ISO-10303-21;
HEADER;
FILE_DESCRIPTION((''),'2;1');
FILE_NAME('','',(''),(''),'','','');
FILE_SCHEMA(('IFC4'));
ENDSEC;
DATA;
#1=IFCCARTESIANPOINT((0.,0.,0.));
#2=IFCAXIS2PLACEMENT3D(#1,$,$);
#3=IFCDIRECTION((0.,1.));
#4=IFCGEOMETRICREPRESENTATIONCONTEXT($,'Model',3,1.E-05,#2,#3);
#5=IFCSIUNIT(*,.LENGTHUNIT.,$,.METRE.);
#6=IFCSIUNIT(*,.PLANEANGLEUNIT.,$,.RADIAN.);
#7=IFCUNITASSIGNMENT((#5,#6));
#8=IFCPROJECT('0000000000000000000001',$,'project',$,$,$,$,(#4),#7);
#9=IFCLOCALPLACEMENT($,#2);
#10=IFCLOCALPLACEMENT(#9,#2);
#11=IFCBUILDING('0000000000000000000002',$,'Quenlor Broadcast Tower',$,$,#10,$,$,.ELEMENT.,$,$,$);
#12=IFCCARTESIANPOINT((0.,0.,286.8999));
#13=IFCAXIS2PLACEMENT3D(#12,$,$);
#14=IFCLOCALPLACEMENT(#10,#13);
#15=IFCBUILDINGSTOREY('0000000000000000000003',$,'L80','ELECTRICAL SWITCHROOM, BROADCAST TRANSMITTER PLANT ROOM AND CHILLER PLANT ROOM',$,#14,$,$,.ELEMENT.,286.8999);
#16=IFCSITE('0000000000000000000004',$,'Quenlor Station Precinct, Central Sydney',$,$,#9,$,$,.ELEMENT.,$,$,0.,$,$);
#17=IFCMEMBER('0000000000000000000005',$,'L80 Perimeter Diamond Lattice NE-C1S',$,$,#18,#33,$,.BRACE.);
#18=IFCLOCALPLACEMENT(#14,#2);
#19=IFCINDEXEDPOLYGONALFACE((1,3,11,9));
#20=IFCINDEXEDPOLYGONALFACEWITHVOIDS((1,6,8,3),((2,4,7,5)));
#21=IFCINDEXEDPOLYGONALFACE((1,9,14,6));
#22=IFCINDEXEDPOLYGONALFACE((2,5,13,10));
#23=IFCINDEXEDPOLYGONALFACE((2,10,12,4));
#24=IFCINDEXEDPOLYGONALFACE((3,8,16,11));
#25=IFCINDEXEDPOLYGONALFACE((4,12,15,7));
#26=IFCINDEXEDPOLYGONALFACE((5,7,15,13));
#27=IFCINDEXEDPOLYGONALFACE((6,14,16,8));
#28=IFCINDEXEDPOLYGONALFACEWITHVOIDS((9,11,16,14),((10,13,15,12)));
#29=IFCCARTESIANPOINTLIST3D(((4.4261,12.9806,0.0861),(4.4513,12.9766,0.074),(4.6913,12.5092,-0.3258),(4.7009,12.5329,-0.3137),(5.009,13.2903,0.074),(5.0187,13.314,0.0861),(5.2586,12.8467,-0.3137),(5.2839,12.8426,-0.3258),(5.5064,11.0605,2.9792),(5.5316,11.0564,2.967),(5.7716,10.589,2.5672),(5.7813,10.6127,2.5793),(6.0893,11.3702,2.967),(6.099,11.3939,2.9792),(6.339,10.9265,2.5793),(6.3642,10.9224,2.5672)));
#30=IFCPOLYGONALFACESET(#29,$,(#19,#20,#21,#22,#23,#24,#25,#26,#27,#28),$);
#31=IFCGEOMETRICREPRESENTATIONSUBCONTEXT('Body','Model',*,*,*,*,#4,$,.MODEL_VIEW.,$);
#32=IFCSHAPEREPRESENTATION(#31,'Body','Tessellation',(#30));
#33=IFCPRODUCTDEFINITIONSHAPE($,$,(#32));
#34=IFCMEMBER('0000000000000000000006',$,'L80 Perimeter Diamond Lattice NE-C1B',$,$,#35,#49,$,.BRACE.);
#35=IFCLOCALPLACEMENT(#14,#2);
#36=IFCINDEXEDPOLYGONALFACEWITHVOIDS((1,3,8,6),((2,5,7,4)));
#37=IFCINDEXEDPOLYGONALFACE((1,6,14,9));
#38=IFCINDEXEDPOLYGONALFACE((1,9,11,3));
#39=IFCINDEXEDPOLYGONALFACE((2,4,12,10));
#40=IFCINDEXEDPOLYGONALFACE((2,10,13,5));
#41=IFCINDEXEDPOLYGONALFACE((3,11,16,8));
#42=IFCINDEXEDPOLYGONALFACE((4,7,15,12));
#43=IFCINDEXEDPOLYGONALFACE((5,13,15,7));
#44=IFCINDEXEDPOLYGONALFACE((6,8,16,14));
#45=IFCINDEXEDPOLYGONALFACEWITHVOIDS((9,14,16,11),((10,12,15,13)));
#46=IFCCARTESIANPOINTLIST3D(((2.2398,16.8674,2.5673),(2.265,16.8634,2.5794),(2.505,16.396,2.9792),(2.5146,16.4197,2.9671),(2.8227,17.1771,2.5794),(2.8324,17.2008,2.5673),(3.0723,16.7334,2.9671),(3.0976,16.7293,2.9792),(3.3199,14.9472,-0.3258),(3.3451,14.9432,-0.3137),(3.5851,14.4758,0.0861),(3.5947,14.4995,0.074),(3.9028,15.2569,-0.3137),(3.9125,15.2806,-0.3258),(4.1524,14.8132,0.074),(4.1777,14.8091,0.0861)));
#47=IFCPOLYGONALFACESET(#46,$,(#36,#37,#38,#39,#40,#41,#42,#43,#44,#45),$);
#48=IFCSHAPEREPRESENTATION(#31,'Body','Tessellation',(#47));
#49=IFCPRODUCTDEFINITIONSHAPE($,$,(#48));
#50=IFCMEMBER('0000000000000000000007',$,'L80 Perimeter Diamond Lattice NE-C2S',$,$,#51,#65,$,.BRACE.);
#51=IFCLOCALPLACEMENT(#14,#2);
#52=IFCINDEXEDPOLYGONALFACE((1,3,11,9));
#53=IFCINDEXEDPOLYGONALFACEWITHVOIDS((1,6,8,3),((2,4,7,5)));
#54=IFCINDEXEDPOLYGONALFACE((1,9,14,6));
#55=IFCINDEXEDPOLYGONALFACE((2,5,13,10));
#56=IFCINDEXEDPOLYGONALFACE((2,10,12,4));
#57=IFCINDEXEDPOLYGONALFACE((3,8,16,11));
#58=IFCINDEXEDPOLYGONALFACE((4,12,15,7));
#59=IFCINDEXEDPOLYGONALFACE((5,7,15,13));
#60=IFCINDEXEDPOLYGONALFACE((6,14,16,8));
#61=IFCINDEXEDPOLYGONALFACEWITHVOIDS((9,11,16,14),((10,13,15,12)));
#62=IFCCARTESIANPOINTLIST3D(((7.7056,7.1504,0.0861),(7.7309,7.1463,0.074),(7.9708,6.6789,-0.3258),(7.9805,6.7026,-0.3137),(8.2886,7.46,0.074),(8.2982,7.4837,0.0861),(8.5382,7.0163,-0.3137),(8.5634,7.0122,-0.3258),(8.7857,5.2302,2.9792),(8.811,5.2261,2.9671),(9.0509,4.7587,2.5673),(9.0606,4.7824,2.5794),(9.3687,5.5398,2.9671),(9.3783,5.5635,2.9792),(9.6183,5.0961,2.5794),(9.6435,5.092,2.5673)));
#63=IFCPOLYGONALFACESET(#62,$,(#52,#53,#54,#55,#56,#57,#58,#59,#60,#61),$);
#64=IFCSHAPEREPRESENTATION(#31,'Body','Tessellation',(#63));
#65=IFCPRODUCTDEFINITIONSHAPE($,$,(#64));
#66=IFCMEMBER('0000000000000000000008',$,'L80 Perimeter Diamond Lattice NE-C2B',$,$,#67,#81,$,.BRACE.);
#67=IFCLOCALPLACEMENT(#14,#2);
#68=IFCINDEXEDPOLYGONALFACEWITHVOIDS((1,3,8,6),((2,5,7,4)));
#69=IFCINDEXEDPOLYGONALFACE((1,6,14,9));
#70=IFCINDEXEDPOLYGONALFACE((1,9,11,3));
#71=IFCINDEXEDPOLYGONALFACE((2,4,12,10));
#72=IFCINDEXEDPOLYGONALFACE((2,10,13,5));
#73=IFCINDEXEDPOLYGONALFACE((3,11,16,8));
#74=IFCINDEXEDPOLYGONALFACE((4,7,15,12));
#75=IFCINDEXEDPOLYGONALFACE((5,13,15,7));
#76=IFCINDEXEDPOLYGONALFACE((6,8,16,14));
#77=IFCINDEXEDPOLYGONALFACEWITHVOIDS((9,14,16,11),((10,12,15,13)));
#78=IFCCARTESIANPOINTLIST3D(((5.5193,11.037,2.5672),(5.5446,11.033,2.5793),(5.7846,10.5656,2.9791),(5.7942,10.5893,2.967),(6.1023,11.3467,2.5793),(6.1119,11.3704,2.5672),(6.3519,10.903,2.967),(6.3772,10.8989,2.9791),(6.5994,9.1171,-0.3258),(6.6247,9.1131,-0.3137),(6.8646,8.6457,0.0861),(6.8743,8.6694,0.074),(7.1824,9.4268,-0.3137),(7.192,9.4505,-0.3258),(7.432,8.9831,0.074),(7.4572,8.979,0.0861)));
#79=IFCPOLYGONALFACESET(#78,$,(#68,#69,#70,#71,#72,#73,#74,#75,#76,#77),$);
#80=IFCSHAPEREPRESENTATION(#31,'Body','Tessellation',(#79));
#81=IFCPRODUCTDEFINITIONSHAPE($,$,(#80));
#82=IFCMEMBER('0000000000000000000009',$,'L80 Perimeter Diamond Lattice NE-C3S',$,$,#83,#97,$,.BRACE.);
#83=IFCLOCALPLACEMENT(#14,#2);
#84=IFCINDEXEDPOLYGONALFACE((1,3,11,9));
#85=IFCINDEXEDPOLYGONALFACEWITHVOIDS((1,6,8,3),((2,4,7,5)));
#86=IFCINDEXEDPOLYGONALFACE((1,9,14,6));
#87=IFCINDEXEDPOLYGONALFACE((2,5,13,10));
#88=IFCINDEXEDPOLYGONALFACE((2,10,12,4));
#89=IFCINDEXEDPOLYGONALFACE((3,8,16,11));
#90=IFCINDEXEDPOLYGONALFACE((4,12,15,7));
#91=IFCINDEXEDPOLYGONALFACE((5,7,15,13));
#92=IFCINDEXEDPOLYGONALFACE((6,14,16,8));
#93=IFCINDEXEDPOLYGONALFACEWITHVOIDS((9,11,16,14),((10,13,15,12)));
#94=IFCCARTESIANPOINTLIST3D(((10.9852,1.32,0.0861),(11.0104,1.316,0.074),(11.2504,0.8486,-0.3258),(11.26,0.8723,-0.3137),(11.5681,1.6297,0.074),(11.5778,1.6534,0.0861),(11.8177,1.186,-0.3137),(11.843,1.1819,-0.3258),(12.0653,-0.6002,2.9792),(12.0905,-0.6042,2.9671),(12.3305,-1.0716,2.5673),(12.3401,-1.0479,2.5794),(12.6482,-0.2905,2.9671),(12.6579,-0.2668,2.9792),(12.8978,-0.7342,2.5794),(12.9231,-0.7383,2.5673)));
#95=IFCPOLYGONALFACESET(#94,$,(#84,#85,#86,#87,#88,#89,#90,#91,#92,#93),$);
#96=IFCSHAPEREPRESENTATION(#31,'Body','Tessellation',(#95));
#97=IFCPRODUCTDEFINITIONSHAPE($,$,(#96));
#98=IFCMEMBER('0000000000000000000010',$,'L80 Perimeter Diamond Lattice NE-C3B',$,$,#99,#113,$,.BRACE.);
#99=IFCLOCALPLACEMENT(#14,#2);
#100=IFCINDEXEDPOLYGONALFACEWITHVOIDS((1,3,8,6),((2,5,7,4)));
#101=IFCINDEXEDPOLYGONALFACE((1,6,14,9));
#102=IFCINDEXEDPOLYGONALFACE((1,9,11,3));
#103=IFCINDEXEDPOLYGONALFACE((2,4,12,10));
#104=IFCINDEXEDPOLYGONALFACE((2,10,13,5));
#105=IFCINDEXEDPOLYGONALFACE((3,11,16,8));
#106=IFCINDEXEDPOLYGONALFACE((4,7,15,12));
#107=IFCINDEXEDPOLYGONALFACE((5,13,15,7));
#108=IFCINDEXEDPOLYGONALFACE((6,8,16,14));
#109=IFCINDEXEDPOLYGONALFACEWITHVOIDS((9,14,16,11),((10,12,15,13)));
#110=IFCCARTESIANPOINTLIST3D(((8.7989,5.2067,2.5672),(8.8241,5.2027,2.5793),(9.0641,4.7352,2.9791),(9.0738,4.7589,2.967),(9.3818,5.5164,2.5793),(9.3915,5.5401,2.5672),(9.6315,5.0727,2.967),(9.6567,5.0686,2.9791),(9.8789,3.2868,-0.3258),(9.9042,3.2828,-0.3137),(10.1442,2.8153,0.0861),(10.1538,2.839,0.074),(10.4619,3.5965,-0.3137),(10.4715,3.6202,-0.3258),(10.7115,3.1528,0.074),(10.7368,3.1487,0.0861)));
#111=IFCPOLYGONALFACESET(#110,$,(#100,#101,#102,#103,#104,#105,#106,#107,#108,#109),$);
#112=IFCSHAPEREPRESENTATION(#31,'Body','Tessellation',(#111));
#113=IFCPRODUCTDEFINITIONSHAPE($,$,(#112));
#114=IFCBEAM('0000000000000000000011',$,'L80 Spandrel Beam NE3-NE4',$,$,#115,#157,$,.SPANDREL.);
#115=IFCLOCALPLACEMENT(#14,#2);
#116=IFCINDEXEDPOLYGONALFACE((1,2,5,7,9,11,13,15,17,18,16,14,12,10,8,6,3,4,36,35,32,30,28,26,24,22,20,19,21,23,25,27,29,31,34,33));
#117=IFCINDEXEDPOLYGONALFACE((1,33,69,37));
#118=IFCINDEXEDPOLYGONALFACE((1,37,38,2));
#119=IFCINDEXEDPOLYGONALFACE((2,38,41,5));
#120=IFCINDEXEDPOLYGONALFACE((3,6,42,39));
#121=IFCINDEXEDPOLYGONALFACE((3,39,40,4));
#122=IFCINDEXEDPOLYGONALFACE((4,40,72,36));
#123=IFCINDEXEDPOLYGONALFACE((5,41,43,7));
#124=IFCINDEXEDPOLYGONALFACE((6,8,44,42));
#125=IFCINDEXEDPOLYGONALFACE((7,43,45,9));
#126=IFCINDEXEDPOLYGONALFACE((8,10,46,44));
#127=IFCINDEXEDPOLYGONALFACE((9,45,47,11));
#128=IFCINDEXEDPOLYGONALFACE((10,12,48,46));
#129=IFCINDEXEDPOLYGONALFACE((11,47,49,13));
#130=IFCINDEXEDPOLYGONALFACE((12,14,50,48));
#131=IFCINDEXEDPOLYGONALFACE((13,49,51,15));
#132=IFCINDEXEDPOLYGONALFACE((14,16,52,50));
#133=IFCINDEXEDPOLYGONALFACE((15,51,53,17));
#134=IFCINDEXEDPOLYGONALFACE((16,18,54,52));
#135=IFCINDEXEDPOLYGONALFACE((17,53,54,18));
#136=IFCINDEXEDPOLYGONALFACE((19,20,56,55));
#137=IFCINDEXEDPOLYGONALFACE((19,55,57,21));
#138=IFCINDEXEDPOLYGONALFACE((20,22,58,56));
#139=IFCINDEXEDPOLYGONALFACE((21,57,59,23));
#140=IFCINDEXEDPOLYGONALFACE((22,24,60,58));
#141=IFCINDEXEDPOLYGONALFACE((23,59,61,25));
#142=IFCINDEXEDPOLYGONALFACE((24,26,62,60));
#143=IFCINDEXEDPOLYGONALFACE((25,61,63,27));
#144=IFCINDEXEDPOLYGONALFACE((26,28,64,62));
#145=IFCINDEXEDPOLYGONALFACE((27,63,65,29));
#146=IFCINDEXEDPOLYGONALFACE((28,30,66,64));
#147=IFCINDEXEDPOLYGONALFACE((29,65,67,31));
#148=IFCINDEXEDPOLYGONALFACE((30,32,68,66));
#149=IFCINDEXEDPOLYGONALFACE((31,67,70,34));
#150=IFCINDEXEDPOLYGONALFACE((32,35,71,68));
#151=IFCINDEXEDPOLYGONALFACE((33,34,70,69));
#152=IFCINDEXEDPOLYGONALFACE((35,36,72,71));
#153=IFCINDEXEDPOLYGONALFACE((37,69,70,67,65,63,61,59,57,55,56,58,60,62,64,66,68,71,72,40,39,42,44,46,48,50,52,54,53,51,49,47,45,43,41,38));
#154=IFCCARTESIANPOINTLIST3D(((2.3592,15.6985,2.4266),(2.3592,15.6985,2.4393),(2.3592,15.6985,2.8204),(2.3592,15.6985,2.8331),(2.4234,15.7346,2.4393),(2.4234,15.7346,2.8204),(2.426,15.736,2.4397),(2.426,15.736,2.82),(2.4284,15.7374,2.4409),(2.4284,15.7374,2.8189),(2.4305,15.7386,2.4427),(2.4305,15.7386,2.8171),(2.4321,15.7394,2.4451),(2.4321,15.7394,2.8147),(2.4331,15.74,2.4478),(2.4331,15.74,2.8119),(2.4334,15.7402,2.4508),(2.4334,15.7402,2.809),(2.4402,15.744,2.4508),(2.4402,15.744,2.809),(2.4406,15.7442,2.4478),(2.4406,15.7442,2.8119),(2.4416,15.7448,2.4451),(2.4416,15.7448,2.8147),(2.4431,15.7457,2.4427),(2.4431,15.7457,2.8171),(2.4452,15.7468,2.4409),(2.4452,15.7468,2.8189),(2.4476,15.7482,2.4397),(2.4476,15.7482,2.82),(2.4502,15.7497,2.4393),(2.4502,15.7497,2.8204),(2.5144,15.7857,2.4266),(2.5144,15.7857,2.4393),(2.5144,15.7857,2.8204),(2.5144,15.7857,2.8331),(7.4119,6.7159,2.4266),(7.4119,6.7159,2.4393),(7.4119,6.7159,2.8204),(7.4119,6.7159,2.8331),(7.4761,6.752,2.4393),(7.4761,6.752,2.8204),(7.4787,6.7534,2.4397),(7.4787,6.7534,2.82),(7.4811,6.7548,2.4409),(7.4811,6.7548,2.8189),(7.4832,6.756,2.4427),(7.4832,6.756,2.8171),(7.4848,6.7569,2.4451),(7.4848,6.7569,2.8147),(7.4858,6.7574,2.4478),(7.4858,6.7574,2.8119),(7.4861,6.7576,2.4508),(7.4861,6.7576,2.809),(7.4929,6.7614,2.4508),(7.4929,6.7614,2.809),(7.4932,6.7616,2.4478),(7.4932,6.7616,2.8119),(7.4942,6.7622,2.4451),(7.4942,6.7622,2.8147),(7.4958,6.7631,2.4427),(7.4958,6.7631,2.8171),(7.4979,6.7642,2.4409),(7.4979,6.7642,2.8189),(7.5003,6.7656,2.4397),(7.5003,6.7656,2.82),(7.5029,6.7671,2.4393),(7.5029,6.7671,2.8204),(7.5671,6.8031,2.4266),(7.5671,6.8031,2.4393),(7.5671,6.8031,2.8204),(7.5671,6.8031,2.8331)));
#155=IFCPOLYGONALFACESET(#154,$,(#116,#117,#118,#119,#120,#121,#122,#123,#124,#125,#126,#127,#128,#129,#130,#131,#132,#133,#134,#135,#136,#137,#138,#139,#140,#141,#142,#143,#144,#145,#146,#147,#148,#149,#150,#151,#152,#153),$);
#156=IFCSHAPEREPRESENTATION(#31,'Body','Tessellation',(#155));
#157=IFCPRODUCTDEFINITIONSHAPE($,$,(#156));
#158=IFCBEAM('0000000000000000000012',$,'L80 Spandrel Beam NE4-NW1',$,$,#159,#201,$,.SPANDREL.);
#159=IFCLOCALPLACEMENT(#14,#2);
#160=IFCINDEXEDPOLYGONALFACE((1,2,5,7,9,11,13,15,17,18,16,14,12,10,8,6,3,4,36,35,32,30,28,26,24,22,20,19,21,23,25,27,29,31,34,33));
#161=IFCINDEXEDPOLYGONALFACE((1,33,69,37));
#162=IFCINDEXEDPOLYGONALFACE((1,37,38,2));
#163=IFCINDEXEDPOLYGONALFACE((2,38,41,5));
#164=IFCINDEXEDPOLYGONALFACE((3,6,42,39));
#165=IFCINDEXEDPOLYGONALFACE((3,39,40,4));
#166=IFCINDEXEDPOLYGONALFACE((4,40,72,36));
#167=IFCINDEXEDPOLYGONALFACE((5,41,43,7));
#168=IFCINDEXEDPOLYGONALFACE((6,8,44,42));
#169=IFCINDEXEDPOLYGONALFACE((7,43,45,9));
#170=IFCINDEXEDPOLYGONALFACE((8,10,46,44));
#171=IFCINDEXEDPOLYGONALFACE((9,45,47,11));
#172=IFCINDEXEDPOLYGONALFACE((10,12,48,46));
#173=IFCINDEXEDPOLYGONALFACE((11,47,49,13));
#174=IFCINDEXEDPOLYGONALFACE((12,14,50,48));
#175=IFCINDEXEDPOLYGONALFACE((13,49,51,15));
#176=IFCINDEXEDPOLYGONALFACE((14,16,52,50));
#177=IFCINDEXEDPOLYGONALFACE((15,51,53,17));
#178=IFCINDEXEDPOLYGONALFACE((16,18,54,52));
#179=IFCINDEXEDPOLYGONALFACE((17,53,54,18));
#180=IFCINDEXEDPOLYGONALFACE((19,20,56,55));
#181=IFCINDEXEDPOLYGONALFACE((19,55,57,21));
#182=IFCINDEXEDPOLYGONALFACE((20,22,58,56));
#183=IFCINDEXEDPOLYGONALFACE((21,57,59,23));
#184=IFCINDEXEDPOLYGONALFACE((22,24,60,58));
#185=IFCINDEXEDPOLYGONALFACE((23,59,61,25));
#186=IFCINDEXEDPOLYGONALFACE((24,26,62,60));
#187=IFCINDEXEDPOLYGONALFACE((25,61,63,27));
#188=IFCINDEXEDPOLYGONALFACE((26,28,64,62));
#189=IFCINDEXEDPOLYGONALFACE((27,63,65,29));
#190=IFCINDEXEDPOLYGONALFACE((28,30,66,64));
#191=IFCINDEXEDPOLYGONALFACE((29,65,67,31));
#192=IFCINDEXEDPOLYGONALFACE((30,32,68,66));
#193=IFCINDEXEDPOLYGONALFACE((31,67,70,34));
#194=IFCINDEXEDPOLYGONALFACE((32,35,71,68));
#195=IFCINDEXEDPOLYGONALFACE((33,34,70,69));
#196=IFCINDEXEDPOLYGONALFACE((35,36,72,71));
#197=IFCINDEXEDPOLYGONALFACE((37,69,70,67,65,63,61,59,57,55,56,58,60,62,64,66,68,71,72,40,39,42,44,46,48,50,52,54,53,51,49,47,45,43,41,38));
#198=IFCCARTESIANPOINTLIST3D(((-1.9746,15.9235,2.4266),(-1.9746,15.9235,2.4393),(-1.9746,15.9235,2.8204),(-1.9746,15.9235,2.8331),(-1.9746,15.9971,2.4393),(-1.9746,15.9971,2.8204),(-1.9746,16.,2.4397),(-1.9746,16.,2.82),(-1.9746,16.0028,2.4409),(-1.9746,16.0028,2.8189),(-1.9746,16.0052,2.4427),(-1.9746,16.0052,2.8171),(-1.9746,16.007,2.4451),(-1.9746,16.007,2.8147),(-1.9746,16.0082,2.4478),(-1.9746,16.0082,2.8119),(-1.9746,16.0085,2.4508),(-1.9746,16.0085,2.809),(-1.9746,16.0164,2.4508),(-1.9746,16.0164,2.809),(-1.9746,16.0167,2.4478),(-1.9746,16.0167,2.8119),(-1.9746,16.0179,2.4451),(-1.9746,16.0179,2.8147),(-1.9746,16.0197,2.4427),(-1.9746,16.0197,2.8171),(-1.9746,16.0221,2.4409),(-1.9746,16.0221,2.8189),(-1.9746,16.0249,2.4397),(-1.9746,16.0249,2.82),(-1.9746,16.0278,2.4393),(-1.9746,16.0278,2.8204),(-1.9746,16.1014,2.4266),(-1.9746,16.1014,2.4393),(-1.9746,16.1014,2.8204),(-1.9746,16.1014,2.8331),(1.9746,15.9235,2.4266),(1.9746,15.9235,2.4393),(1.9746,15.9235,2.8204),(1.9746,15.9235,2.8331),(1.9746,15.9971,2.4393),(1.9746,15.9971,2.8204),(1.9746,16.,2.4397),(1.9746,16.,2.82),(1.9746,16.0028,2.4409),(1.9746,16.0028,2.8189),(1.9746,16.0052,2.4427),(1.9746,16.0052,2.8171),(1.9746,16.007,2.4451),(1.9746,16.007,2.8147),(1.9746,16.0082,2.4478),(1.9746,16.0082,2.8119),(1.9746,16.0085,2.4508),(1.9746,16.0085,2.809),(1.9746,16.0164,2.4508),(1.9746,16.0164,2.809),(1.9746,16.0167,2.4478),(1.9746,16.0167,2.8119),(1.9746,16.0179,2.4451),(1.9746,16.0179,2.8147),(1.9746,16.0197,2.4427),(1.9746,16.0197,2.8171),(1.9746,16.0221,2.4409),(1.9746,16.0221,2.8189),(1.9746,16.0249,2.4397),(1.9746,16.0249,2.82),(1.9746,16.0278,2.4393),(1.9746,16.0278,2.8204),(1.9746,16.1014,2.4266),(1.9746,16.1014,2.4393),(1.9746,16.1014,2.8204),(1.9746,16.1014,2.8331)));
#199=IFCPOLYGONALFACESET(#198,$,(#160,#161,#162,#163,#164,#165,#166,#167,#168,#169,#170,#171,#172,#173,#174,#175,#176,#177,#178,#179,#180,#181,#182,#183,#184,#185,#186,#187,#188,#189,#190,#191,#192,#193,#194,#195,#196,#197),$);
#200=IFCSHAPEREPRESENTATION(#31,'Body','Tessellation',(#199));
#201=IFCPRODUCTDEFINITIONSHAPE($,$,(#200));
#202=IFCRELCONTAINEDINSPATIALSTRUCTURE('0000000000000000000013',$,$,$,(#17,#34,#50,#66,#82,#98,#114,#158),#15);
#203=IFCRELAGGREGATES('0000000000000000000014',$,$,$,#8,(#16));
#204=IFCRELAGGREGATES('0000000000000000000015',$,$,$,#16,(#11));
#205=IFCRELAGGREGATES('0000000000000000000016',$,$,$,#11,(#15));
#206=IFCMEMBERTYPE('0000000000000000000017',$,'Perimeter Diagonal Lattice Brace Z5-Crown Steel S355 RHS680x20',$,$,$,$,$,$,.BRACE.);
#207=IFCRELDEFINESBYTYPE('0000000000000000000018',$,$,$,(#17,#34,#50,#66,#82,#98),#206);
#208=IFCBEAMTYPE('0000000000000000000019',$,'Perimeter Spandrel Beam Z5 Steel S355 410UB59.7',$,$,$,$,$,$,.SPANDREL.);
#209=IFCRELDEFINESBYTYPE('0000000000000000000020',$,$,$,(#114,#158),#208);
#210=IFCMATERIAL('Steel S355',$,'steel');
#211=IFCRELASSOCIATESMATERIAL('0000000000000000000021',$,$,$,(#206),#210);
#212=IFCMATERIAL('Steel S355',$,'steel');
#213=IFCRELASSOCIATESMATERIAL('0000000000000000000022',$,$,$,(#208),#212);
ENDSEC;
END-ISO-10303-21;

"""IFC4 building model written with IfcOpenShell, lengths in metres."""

from ifc_helpers import new_model, si_unit, direction, frame, origin, origin_2d, place, context, subcontext, project, spatial, hollow_rectangle, i_section, extrude, material, material_profile, profile_set, type_object, element, save


model = new_model("IFC4")

# Units and contexts
model_context = context("Model", 3, precision=1e-05, world=origin(), true_north=direction((0.0, 1.0)))
body_context = subcontext(model_context, "Body", "Model", "MODEL_VIEW")
ifc_project = project(units=[si_unit("LENGTHUNIT", "METRE"), si_unit("PLANEANGLEUNIT", "RADIAN")], contexts=[model_context])

# Site, building, storey
site_placement = place(None, origin())
site = spatial("IfcSite", under=ifc_project, at=site_placement, Name="Quenlor Station Precinct, Central Sydney", CompositionType="ELEMENT", RefElevation=0.0)
building_placement = place(site_placement, origin())
building = spatial("IfcBuilding", under=site, at=building_placement, Name="Quenlor Broadcast Tower", CompositionType="ELEMENT")
storey_placement = place(building_placement, frame((0.0, 0.0, 286.8999)))
storey = spatial("IfcBuildingStorey", under=building, at=storey_placement, Name="L80", Description="ELECTRICAL SWITCHROOM, BROADCAST TRANSMITTER PLANT ROOM AND CHILLER PLANT ROOM", CompositionType="ELEMENT", Elevation=286.8999)

# Members
ifc_material_1 = material(Name="Steel S355", Category="steel")
ifc_material_profile_1 = material_profile(ifc_material_1, hollow_rectangle(XDim=0.6799, YDim=0.6799, WallThickness=0.02, at=origin_2d()))
ifc_profile_set_1 = profile_set([ifc_material_profile_1], Name="Steel S355 RHS680x680x20")
member_type_1 = type_object("IfcMemberType", Name="Perimeter Diagonal Lattice Brace Z5-Crown Steel S355 RHS680x20", PredefinedType="BRACE", material=ifc_profile_set_1)
for number, where, z_axis, x_axis, name in (
    (1, (4.855, 12.9116, -0.1199), (0.297079, -0.528029, 0.795568), (0.871531, 0.49034, 0.0), "L80 Perimeter Diamond Lattice NE-C1S"),
    (2, (3.7488, 14.8782, -0.1199), (-0.297018, 0.52804, 0.795584), (-0.871578, -0.490256, 0.0), "L80 Perimeter Diamond Lattice NE-C1B"),
    (3, (8.1345, 7.0813, -0.1199), (0.297018, -0.52804, 0.795584), (0.871578, 0.490256, 0.0), "L80 Perimeter Diamond Lattice NE-C2S"),
):
    element("IfcMember", number, at=place(storey_placement, frame(where, z_axis=z_axis, x_axis=x_axis)), inside=storey, type_object=member_type_1, Name=name, PredefinedType="BRACE", context=body_context, shape_type="SweptSolid", body=[
        extrude(hollow_rectangle(XDim=0.6799, YDim=0.6799, WallThickness=0.02, at=origin_2d()), origin(), (0.0, 0.0, 1.0), 3.6365),
    ])
member_1_placement = place(storey_placement, frame((7.0283, 9.0481, -0.1199), z_axis=(-0.297029, 0.527991, 0.795612), x_axis=(-0.871552, -0.490303, 0.0)))
element("IfcMember", 4, at=member_1_placement, inside=storey, type_object=member_type_1, Name="L80 Perimeter Diamond Lattice NE-C2B", PredefinedType="BRACE", context=body_context, shape_type="SweptSolid", body=[
    extrude(hollow_rectangle(XDim=0.6799, YDim=0.6799, WallThickness=0.02, at=origin_2d()), origin(), (0.0, 0.0, 1.0), 3.6362),
])
member_2_placement = place(storey_placement, frame((11.4141, 1.251, -0.1199), z_axis=(0.297018, -0.52804, 0.795584), x_axis=(0.871578, 0.490256, 0.0)))
element("IfcMember", 5, at=member_2_placement, inside=storey, type_object=member_type_1, Name="L80 Perimeter Diamond Lattice NE-C3S", PredefinedType="BRACE", context=body_context, shape_type="SweptSolid", body=[
    extrude(hollow_rectangle(XDim=0.6799, YDim=0.6799, WallThickness=0.02, at=origin_2d()), origin(), (0.0, 0.0, 1.0), 3.6365),
])
member_3_placement = place(storey_placement, frame((10.3079, 3.2178, -0.1199), z_axis=(-0.297029, 0.527991, 0.795612), x_axis=(-0.871552, -0.490303, 0.0)))
element("IfcMember", 6, at=member_3_placement, inside=storey, type_object=member_type_1, Name="L80 Perimeter Diamond Lattice NE-C3B", PredefinedType="BRACE", context=body_context, shape_type="SweptSolid", body=[
    extrude(hollow_rectangle(XDim=0.6799, YDim=0.6799, WallThickness=0.02, at=origin_2d()), origin(), (0.0, 0.0, 1.0), 3.6362),
])

# Beams
ifc_material_2 = material(Name="Steel S355", Category="steel")
ifc_material_profile_2 = material_profile(ifc_material_2, i_section(OverallWidth=0.178, OverallDepth=0.4065, WebThickness=0.0078, FlangeThickness=0.0127, FilletRadius=0.0115, at=origin_2d()))
ifc_profile_set_2 = profile_set([ifc_material_profile_2], Name="Steel S355 410UB59.7")
beam_type_1 = type_object("IfcBeamType", Name="Perimeter Spandrel Beam Z5 Steel S355 410UB59.7", PredefinedType="SPANDREL", material=ifc_profile_set_2)
beam_1_placement = place(storey_placement, frame((7.4895, 6.7595, 2.6299), z_axis=(-0.49026, 0.871576, 0.0), x_axis=(-0.871576, -0.49026, 0.0)))
element("IfcBeam", 7, at=beam_1_placement, inside=storey, type_object=beam_type_1, Name="L80 Spandrel Beam NE3-NE4", PredefinedType="SPANDREL", context=body_context, shape_type="SweptSolid", body=[
    extrude(i_section(OverallWidth=0.178, OverallDepth=0.4065, WebThickness=0.0078, FlangeThickness=0.0127, FilletRadius=0.0115, at=origin_2d()), origin(), (0.0, 0.0, 1.0), 10.3062),
])
beam_2_placement = place(storey_placement, frame((1.9746, 16.0125, 2.6299), z_axis=(-1.0, 0.0, 0.0), x_axis=(0.0, -1.0, 0.0)))
element("IfcBeam", 8, at=beam_2_placement, inside=storey, type_object=beam_type_1, Name="L80 Spandrel Beam NE4-NW1", PredefinedType="SPANDREL", context=body_context, shape_type="SweptSolid", body=[
    extrude(i_section(OverallWidth=0.178, OverallDepth=0.4065, WebThickness=0.0078, FlangeThickness=0.0127, FilletRadius=0.0115, at=origin_2d()), origin(), (0.0, 0.0, 1.0), 3.9492),
])

save(model, "model.ifc")
